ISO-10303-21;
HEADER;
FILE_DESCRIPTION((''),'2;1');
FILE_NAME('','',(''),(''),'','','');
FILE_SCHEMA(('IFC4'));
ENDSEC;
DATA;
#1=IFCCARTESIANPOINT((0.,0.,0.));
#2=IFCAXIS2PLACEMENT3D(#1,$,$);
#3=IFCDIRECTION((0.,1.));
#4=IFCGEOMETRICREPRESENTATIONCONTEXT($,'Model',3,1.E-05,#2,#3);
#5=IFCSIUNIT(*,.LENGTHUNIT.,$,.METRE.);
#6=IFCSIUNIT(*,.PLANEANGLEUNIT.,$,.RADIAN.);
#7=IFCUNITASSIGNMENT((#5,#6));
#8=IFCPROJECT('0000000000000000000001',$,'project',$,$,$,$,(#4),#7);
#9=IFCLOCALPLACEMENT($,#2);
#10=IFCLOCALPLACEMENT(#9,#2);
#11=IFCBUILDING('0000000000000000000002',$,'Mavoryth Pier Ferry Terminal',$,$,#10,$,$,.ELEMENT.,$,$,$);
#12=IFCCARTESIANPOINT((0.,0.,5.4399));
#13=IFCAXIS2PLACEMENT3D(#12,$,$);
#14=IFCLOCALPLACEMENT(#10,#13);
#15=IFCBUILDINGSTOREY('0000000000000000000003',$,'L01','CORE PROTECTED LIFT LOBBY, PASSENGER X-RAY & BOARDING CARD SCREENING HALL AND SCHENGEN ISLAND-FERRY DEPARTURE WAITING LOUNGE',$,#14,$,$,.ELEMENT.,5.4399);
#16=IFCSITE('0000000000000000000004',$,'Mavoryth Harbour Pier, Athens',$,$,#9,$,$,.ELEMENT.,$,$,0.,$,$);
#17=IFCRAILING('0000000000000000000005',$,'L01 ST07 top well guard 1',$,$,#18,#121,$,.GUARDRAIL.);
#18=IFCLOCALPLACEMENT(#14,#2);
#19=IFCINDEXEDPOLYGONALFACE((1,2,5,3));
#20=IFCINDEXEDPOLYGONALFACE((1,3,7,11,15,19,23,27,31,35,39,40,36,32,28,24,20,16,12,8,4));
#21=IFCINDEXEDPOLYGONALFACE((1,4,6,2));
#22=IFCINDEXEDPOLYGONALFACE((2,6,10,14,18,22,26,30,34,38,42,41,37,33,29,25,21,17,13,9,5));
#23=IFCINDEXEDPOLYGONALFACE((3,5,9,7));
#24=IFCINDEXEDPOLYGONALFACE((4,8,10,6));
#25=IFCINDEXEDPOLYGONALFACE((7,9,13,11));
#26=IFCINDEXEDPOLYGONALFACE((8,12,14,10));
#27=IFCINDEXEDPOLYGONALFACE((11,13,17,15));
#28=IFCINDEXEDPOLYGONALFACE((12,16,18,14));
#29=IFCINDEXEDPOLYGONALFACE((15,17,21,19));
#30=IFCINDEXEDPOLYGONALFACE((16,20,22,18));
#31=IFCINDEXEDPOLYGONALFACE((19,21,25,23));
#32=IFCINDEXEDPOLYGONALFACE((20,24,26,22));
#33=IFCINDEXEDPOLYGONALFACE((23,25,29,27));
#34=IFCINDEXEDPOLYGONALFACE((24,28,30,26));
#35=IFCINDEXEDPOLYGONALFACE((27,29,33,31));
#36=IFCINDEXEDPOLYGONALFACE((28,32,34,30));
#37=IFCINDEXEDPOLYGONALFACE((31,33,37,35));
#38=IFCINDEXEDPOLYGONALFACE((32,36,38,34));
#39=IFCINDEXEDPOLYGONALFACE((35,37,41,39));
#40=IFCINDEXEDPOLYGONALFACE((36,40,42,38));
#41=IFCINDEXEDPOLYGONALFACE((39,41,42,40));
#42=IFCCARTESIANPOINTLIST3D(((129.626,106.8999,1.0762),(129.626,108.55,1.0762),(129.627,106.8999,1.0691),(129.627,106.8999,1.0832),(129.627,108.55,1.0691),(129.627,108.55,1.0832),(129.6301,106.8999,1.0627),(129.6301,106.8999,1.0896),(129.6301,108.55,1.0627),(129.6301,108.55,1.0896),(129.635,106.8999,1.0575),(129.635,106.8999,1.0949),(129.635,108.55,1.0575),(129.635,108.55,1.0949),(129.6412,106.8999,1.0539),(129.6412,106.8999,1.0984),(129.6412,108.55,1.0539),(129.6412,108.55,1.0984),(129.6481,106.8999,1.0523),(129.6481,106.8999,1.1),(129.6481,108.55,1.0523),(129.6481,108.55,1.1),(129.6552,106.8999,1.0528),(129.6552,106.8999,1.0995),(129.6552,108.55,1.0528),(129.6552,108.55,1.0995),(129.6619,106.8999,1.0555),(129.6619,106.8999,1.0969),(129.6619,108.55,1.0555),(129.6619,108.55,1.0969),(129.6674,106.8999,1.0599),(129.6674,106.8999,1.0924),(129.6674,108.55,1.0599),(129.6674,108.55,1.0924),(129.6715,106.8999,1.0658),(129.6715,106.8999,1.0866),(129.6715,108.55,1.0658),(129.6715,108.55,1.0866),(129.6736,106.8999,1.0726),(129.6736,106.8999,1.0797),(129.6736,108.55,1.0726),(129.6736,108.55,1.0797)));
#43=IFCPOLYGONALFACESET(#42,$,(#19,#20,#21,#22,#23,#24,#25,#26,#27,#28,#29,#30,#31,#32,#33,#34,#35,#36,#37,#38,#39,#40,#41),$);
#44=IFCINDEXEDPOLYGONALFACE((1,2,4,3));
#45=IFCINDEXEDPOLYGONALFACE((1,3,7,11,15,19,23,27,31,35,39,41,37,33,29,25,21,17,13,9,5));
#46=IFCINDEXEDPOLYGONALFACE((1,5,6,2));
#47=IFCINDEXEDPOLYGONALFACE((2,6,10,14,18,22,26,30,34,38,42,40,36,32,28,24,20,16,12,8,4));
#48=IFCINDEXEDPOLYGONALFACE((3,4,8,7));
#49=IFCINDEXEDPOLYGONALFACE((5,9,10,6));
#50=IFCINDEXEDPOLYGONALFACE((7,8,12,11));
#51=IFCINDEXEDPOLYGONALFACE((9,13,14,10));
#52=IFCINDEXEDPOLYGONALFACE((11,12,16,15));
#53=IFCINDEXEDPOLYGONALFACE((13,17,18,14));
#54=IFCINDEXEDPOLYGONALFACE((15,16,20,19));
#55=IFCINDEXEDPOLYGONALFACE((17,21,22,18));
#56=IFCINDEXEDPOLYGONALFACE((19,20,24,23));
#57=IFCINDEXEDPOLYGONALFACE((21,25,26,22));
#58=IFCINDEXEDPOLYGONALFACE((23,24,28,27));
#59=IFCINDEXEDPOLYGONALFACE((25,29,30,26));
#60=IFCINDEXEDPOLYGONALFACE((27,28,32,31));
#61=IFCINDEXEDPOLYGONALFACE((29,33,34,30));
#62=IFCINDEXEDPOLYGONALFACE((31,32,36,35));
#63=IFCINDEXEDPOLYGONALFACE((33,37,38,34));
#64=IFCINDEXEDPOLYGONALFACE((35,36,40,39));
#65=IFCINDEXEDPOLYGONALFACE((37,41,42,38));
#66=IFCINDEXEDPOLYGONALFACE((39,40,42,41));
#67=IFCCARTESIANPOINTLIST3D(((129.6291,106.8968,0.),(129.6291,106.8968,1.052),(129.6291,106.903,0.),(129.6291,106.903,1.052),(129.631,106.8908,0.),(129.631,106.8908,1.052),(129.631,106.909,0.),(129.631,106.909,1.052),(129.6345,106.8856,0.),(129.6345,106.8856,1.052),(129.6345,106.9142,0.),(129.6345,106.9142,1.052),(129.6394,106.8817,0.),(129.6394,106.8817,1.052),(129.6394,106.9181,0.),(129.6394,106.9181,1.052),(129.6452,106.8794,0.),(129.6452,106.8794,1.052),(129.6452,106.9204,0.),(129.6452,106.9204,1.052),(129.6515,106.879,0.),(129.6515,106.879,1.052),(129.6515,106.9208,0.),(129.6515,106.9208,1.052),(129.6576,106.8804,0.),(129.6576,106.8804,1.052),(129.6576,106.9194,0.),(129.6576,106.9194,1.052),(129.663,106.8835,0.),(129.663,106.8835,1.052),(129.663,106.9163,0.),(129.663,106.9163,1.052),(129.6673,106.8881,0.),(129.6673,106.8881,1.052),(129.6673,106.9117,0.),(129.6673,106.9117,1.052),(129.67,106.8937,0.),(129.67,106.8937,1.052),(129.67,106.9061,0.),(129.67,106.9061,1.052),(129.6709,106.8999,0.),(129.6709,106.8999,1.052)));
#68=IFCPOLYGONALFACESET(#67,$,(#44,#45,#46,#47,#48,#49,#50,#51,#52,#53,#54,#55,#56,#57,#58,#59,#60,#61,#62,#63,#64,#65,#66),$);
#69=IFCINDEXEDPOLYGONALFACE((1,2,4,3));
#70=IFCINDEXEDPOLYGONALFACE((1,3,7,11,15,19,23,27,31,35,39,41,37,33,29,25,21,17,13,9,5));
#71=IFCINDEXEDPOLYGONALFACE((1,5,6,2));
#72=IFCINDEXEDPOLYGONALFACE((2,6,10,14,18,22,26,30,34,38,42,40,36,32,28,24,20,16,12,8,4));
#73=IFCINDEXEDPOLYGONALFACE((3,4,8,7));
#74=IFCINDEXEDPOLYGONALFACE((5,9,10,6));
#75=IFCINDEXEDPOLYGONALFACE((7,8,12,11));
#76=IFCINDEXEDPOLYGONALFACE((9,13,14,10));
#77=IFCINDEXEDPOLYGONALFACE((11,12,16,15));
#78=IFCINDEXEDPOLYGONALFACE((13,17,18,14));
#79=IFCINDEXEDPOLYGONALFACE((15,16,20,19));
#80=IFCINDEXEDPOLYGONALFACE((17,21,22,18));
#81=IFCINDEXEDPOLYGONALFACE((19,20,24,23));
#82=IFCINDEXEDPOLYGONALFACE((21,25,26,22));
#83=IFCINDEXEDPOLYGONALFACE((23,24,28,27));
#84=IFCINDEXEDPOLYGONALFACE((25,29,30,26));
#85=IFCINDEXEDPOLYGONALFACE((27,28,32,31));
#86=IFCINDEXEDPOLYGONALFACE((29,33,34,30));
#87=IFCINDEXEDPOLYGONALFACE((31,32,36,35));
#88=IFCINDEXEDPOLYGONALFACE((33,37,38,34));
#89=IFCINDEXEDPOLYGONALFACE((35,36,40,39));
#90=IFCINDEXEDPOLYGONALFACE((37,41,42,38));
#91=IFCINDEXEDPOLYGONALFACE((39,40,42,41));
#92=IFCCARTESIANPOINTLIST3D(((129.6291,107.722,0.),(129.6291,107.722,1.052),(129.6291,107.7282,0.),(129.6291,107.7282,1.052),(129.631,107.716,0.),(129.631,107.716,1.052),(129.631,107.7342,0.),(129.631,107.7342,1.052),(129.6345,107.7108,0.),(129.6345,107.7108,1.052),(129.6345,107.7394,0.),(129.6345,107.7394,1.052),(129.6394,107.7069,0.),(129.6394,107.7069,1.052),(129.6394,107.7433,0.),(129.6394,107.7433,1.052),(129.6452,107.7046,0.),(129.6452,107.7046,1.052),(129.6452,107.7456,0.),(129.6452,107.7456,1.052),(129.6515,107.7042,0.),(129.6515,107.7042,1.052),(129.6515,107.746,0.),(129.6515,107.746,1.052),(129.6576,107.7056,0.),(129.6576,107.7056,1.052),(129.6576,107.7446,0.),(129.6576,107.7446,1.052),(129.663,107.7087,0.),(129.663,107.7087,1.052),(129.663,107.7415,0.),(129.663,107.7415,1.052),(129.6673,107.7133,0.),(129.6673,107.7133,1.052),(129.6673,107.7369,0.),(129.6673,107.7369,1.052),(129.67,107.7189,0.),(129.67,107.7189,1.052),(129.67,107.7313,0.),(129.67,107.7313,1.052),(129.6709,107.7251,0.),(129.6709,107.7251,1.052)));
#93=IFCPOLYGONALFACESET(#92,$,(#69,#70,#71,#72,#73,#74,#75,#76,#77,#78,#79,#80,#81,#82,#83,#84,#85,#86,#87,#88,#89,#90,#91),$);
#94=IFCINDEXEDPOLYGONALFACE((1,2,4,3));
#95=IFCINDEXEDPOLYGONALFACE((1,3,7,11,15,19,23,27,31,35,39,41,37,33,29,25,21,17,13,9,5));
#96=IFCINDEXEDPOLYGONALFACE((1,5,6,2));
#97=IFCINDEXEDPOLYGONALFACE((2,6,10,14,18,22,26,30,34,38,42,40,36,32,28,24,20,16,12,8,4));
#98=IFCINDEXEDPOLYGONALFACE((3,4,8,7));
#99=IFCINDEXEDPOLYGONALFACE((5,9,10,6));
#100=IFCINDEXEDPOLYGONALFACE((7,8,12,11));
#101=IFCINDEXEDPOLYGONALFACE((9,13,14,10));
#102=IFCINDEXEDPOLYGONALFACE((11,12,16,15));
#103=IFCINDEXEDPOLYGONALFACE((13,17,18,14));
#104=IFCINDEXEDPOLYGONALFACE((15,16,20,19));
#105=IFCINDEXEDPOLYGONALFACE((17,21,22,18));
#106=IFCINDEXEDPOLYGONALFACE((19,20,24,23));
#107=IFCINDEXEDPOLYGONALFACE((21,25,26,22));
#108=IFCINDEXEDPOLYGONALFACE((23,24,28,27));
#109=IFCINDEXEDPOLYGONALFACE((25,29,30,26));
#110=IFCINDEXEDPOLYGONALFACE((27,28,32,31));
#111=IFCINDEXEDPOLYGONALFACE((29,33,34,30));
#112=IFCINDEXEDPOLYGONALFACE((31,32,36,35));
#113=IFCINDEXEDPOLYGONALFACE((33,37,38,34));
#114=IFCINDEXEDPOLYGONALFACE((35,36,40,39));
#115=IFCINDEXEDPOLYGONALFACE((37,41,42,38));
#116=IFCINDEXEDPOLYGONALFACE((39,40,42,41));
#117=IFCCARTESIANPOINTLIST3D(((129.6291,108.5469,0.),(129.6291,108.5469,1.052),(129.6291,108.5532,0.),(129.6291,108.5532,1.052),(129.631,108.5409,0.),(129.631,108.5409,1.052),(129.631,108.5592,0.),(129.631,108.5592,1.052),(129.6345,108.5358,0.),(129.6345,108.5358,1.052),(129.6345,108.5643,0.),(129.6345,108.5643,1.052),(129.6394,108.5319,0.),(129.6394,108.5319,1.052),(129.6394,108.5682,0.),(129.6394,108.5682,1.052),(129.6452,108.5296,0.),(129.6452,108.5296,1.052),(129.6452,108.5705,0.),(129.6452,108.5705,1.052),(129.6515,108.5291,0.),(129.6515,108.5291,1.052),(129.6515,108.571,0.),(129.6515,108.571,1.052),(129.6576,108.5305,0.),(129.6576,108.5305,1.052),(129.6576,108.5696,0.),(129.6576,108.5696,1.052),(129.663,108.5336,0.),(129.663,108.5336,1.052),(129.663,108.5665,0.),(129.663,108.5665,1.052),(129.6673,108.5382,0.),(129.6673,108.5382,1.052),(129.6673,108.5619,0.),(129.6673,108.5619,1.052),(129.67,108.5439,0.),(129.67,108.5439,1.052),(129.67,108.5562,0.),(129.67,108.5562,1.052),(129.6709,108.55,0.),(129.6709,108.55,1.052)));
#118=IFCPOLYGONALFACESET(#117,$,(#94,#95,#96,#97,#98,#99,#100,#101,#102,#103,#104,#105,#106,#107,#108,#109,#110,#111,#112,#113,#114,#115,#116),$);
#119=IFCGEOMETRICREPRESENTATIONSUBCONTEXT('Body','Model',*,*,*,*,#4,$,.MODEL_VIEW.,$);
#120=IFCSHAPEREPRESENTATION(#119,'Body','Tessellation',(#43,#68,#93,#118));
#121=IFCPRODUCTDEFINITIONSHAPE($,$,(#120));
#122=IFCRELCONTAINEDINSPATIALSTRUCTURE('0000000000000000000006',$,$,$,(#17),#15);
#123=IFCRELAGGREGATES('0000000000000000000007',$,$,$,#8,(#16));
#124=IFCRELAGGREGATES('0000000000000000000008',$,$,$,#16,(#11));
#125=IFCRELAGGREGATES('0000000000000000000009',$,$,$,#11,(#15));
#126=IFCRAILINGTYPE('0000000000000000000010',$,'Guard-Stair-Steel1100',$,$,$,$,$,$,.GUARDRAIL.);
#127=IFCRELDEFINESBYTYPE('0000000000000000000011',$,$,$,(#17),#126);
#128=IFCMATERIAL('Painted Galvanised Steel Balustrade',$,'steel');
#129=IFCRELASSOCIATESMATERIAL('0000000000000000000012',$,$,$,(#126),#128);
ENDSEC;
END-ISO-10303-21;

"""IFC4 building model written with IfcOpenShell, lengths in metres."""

from ifc_helpers import new_model, si_unit, direction, frame, origin, origin_2d, place, context, subcontext, project, spatial, circle, extrude, material, type_object, element, save


model = new_model("IFC4")

# Units and contexts
model_context = context("Model", 3, precision=1e-05, world=origin(), true_north=direction((0.0, 1.0)))
body_context = subcontext(model_context, "Body", "Model", "MODEL_VIEW")
ifc_project = project(units=[si_unit("LENGTHUNIT", "METRE"), si_unit("PLANEANGLEUNIT", "RADIAN")], contexts=[model_context])

# Site, building, storey
site_placement = place(None, origin())
site = spatial("IfcSite", under=ifc_project, at=site_placement, Name="Mavoryth Harbour Pier, Athens", CompositionType="ELEMENT", RefElevation=0.0)
building_placement = place(site_placement, origin())
building = spatial("IfcBuilding", under=site, at=building_placement, Name="Mavoryth Pier Ferry Terminal", CompositionType="ELEMENT")
storey_placement = place(building_placement, frame((0.0, 0.0, 5.4399)))
storey = spatial("IfcBuildingStorey", under=building, at=storey_placement, Name="L01", Description="CORE PROTECTED LIFT LOBBY, PASSENGER X-RAY & BOARDING CARD SCREENING HALL AND SCHENGEN ISLAND-FERRY DEPARTURE WAITING LOUNGE", CompositionType="ELEMENT", Elevation=5.4399)

# Railing
ifc_material_1 = material(Name="Painted Galvanised Steel Balustrade", Category="steel")
railing_type = type_object("IfcRailingType", Name="Guard-Stair-Steel1100", PredefinedType="GUARDRAIL", material=ifc_material_1)
railing_placement = place(storey_placement, frame((129.6499, 106.8999, 0.0)))
element("IfcRailing", 1, at=railing_placement, inside=storey, type_object=railing_type, Name="L01 ST07 top well guard 1", PredefinedType="GUARDRAIL", context=body_context, shape_type="SweptSolid", body=[
    extrude(circle(Radius=0.0239, at=origin_2d()), frame((0.0, 0.0, 1.0762), z_axis=(0.0, 1.0, 0.0), x_axis=(-1.0, 0.0, 0.0)), (0.0, 0.0, 1.0), 1.6501),
    extrude(circle(Radius=0.021, at=origin_2d()), origin(), (0.0, 0.0, 1.0), 1.052),
    extrude(circle(Radius=0.021, at=origin_2d()), frame((0.0, 0.8252, 0.0)), (0.0, 0.0, 1.0), 1.052),
    extrude(circle(Radius=0.021, at=origin_2d()), frame((0.0, 1.6501, 0.0)), (0.0, 0.0, 1.0), 1.052),
])

save(model, "model.ifc")
